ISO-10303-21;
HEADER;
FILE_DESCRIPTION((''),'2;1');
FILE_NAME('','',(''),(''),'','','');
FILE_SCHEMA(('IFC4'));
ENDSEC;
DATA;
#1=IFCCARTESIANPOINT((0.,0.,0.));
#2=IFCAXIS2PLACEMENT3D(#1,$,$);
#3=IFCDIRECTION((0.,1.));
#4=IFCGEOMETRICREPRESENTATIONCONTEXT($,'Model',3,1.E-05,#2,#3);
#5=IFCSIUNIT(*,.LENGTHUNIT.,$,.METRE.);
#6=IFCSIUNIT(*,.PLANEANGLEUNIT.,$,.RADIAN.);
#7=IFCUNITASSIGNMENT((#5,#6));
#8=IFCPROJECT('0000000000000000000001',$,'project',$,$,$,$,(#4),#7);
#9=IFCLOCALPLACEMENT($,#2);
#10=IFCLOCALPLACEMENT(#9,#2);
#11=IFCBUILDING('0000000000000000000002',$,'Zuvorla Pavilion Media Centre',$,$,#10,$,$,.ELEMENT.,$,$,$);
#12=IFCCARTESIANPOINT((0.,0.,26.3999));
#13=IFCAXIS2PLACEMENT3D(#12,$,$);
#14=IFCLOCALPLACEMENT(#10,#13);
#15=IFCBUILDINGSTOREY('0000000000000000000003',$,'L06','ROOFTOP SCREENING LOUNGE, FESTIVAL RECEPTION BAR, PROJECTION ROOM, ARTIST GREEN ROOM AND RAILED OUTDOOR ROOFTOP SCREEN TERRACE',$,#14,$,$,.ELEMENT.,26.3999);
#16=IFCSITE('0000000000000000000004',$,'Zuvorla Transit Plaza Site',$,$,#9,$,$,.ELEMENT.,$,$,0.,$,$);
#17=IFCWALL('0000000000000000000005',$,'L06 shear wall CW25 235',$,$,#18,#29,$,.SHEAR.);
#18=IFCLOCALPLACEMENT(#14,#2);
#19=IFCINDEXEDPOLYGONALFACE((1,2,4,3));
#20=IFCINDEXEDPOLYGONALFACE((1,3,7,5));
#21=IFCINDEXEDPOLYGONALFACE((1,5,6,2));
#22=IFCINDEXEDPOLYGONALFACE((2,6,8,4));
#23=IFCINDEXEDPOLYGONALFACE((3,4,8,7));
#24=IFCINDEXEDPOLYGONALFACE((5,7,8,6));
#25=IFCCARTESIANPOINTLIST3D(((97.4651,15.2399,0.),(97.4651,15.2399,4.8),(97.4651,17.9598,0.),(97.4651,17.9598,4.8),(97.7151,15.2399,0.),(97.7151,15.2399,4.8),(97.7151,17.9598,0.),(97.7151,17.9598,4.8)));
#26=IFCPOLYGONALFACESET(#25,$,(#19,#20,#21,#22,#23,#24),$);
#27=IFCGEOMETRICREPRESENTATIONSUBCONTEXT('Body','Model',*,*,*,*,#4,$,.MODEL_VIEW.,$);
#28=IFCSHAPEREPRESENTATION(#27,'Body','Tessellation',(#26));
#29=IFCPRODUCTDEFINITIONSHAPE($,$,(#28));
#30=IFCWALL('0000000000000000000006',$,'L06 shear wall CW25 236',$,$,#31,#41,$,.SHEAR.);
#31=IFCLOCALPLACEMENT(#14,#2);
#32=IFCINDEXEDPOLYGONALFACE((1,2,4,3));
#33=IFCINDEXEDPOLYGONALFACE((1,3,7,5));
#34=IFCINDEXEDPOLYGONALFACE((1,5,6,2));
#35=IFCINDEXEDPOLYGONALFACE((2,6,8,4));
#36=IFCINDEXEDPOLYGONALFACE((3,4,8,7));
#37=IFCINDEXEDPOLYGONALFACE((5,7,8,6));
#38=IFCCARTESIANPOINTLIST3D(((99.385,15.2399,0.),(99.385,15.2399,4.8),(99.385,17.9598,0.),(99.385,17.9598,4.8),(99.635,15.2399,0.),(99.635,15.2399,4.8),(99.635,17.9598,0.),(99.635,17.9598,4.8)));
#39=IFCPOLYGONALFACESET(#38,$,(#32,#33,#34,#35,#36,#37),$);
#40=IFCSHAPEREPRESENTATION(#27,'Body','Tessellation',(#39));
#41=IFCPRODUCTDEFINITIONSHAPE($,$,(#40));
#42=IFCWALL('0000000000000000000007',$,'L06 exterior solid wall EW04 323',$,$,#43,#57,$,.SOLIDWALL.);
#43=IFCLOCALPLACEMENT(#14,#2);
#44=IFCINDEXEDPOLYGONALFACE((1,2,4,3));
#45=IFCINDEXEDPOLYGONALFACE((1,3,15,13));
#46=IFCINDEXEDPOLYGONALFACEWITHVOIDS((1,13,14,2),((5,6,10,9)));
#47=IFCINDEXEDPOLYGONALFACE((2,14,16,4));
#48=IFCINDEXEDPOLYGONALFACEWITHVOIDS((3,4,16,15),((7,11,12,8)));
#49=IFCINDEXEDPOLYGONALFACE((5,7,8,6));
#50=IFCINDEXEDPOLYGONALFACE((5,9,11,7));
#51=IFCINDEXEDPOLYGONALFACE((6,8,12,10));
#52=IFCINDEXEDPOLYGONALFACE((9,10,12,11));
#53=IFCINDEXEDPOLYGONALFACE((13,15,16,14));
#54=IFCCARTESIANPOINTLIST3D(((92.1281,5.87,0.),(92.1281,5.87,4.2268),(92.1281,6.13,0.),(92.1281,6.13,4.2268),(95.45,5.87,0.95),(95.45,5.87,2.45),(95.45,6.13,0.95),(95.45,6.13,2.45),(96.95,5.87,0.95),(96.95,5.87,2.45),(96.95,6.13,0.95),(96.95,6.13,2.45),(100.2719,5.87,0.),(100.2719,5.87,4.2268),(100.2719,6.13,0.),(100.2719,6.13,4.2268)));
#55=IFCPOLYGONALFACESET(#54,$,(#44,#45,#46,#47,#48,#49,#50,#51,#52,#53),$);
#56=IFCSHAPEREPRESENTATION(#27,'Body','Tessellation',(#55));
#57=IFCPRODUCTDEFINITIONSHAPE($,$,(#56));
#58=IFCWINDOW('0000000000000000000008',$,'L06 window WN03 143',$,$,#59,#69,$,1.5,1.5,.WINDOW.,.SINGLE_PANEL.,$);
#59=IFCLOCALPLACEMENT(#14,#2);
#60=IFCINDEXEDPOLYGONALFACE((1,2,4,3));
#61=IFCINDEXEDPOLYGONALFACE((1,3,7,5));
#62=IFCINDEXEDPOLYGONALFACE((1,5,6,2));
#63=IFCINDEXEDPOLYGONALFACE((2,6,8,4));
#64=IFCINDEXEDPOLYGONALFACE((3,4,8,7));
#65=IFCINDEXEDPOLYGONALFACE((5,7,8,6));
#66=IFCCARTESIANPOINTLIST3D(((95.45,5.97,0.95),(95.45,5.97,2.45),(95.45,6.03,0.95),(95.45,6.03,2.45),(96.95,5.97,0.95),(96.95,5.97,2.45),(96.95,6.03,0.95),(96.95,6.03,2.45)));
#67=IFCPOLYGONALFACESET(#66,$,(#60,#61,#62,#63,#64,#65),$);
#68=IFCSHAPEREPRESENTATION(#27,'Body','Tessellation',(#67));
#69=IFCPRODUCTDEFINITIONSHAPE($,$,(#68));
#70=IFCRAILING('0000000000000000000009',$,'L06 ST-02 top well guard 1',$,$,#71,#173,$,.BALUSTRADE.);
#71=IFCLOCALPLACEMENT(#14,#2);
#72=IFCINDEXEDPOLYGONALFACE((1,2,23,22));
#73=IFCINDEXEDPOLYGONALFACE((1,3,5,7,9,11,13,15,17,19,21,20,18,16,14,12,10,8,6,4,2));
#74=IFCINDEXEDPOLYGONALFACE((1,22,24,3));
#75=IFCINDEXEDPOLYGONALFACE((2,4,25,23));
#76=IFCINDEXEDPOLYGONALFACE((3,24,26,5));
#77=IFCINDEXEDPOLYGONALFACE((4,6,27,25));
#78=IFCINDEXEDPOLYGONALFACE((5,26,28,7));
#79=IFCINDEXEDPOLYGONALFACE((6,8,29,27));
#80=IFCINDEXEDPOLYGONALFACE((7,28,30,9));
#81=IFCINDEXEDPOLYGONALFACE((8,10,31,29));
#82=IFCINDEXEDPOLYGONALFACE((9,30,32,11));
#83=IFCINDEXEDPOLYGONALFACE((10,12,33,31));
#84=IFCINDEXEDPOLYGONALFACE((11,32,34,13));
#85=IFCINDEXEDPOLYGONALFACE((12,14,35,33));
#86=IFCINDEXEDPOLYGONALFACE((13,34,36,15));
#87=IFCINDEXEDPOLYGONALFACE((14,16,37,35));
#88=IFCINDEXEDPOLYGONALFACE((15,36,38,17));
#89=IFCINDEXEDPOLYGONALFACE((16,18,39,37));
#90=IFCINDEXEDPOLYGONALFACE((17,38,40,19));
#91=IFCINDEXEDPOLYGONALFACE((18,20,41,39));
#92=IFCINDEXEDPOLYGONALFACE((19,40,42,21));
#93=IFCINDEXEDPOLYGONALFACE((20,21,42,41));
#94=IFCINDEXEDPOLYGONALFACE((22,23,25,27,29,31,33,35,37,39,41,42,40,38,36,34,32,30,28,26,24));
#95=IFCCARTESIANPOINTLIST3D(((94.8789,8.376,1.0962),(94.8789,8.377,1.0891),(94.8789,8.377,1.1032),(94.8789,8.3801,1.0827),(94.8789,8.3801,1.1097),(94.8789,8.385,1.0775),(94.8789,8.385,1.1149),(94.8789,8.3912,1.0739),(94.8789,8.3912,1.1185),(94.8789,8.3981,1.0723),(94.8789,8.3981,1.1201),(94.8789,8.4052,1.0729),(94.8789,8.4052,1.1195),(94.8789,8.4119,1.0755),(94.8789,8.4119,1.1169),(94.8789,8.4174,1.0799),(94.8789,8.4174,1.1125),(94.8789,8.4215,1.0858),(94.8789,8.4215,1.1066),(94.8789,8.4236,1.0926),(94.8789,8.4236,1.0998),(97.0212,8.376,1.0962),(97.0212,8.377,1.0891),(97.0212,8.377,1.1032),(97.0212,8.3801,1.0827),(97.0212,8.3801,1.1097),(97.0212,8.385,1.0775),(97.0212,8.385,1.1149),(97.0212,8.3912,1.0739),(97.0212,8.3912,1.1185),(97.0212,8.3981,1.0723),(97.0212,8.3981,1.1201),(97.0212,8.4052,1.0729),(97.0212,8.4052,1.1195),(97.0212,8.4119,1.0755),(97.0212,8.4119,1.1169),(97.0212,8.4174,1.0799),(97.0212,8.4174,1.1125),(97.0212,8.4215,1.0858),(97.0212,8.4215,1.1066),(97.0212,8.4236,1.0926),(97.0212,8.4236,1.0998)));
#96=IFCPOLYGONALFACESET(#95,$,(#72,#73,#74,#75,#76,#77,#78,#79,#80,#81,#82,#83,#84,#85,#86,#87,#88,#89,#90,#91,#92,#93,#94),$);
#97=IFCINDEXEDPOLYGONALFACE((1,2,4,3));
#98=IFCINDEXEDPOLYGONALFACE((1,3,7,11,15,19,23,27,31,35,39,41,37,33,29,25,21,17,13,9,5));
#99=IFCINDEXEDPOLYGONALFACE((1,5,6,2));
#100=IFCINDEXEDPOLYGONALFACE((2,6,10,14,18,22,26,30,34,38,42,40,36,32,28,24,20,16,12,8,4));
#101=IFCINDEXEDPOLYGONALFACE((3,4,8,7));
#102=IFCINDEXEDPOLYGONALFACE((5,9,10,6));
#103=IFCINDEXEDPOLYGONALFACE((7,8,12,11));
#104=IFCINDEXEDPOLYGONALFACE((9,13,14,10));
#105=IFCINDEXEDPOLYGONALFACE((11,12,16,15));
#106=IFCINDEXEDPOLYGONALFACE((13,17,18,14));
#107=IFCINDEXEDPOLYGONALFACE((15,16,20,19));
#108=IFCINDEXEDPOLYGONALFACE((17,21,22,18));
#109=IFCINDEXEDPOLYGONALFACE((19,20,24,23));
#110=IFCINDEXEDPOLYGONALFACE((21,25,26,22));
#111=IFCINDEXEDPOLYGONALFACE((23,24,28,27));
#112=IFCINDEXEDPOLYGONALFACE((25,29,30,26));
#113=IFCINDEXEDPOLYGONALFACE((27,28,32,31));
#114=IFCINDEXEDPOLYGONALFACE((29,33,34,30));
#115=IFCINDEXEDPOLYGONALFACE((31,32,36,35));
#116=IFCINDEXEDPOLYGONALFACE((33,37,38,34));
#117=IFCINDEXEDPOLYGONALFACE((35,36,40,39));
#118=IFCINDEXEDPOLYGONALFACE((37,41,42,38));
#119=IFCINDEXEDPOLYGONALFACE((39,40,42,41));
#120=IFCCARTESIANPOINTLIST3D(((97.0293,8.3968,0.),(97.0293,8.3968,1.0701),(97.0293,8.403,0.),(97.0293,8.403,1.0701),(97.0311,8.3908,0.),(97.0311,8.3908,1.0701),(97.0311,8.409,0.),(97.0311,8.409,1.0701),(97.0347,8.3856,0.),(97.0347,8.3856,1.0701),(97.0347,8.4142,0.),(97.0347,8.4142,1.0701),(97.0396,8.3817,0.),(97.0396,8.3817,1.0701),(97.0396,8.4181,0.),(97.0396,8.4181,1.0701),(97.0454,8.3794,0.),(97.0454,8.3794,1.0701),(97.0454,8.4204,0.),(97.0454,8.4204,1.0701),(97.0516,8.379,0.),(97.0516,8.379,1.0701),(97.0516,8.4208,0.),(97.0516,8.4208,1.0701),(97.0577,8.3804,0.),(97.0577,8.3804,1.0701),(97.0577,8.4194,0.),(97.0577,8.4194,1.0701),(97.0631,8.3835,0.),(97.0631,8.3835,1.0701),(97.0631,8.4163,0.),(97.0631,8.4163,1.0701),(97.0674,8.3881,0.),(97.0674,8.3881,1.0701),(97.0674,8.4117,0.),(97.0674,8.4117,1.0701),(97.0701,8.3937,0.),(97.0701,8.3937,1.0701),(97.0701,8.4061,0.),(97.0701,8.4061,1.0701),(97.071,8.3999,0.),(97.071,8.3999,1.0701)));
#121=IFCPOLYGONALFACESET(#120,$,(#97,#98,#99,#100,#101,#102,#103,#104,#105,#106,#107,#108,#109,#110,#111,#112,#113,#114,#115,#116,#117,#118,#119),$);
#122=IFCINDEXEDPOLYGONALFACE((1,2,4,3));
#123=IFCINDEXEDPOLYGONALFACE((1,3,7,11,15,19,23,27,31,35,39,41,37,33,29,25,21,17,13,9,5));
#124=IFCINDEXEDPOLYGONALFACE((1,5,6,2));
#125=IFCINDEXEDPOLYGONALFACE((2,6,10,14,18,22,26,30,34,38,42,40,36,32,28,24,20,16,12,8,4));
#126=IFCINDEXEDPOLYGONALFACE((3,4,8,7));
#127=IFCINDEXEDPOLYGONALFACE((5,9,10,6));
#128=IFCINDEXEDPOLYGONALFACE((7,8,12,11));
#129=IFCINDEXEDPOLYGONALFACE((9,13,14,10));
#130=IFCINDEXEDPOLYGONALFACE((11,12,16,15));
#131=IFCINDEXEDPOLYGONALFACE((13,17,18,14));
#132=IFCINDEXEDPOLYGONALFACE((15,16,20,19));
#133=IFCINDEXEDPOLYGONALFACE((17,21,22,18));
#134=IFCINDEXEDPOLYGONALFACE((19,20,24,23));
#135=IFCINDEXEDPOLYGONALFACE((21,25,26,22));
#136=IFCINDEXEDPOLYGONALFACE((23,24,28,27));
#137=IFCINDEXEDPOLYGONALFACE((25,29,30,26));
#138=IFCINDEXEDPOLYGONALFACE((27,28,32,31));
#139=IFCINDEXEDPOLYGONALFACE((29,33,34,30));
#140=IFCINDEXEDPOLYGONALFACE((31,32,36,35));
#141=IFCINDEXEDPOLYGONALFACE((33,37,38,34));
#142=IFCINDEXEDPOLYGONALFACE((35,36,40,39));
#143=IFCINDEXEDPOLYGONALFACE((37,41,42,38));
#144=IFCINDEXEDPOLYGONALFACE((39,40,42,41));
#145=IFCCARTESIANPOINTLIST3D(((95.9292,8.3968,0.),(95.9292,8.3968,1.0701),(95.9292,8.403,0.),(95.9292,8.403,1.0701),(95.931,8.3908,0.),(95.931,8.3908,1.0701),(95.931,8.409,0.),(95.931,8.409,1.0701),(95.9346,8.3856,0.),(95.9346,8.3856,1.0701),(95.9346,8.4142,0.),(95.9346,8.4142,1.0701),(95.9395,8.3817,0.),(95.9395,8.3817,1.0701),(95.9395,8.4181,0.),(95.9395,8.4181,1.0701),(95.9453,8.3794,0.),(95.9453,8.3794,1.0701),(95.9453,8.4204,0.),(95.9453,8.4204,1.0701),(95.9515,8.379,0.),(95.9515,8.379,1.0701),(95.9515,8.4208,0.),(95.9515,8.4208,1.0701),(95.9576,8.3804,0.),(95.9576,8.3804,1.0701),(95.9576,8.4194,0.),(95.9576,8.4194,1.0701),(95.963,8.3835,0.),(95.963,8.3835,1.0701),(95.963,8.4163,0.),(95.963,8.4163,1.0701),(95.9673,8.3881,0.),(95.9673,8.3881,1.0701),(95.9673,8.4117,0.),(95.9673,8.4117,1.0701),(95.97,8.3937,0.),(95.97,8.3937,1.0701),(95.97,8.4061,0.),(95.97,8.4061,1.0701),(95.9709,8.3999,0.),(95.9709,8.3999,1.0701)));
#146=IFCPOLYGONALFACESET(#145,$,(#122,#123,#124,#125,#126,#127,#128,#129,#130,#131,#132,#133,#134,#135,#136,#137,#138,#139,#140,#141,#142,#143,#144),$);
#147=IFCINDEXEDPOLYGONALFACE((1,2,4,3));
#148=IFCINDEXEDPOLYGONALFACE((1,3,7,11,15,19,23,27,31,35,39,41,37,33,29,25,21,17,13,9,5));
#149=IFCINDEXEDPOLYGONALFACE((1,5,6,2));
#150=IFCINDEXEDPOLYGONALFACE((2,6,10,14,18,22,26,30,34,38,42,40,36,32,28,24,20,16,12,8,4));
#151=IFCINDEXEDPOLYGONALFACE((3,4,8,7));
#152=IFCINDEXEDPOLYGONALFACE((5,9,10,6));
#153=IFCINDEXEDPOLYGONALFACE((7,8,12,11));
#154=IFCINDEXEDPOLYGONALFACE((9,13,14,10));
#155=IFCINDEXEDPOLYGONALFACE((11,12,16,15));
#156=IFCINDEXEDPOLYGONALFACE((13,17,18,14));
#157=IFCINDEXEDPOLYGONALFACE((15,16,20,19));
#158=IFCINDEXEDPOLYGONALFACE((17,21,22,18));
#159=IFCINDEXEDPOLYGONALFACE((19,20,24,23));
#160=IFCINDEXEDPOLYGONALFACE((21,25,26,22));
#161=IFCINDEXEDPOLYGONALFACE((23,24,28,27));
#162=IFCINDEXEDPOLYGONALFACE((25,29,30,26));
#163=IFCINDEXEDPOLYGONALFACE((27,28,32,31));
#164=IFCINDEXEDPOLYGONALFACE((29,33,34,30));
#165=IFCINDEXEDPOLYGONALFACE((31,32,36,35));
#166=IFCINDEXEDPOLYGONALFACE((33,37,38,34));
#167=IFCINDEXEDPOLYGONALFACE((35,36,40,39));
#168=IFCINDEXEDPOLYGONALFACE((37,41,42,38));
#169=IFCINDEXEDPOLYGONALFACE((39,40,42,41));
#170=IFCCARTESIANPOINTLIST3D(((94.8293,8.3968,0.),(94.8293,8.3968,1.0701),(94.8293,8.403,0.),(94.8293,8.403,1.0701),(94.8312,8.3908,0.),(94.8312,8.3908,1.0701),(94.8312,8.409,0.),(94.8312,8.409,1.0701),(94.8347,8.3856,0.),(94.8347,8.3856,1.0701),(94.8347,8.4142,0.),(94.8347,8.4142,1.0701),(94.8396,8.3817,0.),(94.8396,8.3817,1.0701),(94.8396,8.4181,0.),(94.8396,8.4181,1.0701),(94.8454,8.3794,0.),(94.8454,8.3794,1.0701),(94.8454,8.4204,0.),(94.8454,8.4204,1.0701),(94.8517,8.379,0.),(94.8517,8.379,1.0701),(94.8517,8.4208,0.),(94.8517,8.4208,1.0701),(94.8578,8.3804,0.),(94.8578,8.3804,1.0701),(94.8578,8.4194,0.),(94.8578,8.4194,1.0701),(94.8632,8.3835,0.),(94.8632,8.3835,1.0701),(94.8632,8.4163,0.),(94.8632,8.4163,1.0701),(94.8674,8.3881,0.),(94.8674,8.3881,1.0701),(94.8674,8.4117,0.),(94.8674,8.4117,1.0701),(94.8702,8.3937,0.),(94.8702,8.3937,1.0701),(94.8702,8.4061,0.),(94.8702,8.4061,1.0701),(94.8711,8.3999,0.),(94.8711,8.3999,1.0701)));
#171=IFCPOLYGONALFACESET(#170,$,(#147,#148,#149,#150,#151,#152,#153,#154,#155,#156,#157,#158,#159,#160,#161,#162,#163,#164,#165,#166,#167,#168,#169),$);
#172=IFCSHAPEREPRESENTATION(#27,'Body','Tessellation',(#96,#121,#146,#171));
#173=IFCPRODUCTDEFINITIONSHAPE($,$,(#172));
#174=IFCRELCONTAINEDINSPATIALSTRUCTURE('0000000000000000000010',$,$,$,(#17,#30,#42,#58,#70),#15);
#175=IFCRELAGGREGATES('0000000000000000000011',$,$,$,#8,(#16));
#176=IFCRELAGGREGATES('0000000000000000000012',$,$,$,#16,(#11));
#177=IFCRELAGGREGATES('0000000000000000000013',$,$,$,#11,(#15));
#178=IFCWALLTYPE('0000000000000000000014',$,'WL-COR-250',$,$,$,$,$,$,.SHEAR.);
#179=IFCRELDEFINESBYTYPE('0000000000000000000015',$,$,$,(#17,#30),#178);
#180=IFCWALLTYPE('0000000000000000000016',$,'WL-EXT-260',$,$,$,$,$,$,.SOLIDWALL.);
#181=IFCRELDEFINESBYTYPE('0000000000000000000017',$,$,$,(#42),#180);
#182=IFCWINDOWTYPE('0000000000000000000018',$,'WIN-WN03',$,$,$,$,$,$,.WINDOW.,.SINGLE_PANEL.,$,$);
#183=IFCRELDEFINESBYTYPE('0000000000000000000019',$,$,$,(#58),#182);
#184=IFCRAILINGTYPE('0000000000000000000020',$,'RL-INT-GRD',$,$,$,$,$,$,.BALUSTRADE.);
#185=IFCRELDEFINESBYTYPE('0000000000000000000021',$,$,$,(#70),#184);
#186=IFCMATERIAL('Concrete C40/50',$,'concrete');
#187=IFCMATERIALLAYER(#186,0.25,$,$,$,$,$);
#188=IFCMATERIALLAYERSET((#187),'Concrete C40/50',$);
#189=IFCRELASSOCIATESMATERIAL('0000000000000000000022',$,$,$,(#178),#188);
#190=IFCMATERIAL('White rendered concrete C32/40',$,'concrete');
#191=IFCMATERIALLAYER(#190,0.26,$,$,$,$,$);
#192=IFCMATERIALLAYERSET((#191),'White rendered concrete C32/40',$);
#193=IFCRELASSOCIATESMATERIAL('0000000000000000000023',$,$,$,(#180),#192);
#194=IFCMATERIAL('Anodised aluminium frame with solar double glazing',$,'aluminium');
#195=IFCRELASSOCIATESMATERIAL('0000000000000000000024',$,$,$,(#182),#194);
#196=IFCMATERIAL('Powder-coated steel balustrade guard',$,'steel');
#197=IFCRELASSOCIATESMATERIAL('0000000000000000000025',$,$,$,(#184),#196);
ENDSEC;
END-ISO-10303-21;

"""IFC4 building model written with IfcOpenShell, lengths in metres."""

from ifc_helpers import new_model, si_unit, direction, frame, frame_2d, origin, origin_2d, place, context, subcontext, project, spatial, rectangle, circle, extrude, material, layer, layer_set, type_object, element, fill, save


model = new_model("IFC4")

# Units and contexts
model_context = context("Model", 3, precision=1e-05, world=origin(), true_north=direction((0.0, 1.0)))
body_context = subcontext(model_context, "Body", "Model", "MODEL_VIEW")
ifc_project = project(units=[si_unit("LENGTHUNIT", "METRE"), si_unit("PLANEANGLEUNIT", "RADIAN")], contexts=[model_context])

# Site, building, storey
site_placement = place(None, origin())
site = spatial("IfcSite", under=ifc_project, at=site_placement, Name="Zuvorla Transit Plaza Site", CompositionType="ELEMENT", RefElevation=0.0)
building_placement = place(site_placement, origin())
building = spatial("IfcBuilding", under=site, at=building_placement, Name="Zuvorla Pavilion Media Centre", CompositionType="ELEMENT")
storey_placement = place(building_placement, frame((0.0, 0.0, 26.3999)))
storey = spatial("IfcBuildingStorey", under=building, at=storey_placement, Name="L06", Description="ROOFTOP SCREENING LOUNGE, FESTIVAL RECEPTION BAR, PROJECTION ROOM, ARTIST GREEN ROOM AND RAILED OUTDOOR ROOFTOP SCREEN TERRACE", CompositionType="ELEMENT", Elevation=26.3999)

# Shared definitions
ifc_material_1 = material(Name="Concrete C40/50", Category="concrete")

# Shared definitions
ifc_layer_1 = layer(ifc_material_1, 0.25)
ifc_layer_set_1 = layer_set([ifc_layer_1], Name="Concrete C40/50")
wall_type_1 = type_object("IfcWallType", Name="WL-COR-250", PredefinedType="SHEAR", material=ifc_layer_set_1)

# Walls
for number, where, z_axis, x_axis, name in (
    (1, (97.5901, 15.24, 0.0), (0.0, 0.0, 1.0), (0.0, 1.0, 0.0), "L06 shear wall CW25 235"),
    (2, (99.51, 15.24, 0.0), (0.0, 0.0, 1.0), (0.0, 1.0, 0.0), "L06 shear wall CW25 236"),
):
    element("IfcWall", number, at=place(storey_placement, frame(where, z_axis=z_axis, x_axis=x_axis)), inside=storey, type_object=wall_type_1, Name=name, PredefinedType="SHEAR", context=body_context, shape_type="SweptSolid", body=[
        extrude(rectangle(XDim=2.72, YDim=0.25, at=frame_2d((1.3599, 0.0))), origin(), (0.0, 0.0, 1.0), 4.8),
    ])

# Wall, opening, window
ifc_material_2 = material(Name="White rendered concrete C32/40", Category="concrete")
ifc_layer_2 = layer(ifc_material_2, 0.26)
ifc_layer_set_2 = layer_set([ifc_layer_2], Name="White rendered concrete C32/40")
wall_type_2 = type_object("IfcWallType", Name="WL-EXT-260", PredefinedType="SOLIDWALL", material=ifc_layer_set_2)
wall_1_placement = place(storey_placement, frame((92.1282, 6.0, 0.0), z_axis=(0.0, 0.0, 1.0), x_axis=(1.0, 0.0, 0.0)))
wall_1 = element("IfcWall", 3, at=wall_1_placement, inside=storey, type_object=wall_type_2, Name="L06 exterior solid wall EW04 323", PredefinedType="SOLIDWALL", context=body_context, shape_type="SweptSolid", body=[
    extrude(rectangle(XDim=8.1438, YDim=0.26, at=frame_2d((4.0718, 0.0))), origin(), (0.0, 0.0, 1.0), 4.2268),
])
opening_1_placement = place(wall_1_placement, frame((3.3218, 0.0, 0.95)))
opening_1 = element("IfcOpeningElement", 4, at=opening_1_placement, cuts=wall_1, PredefinedType="OPENING", context=body_context, shape_type="SweptSolid", body=[
    extrude(rectangle(XDim=1.5, YDim=1.5, at=frame_2d((0.75, 0.75))), frame((0.0, 0.1399, 0.0), z_axis=(0.0, -1.0, 0.0), x_axis=(1.0, 0.0, 0.0)), (0.0, 0.0, 1.0), 0.28),
])
ifc_material_3 = material(Name="Anodised aluminium frame with solar double glazing", Category="aluminium")
window_type = type_object("IfcWindowType", Name="WIN-WN03", PartitioningType="SINGLE_PANEL", PredefinedType="WINDOW", material=ifc_material_3)
window_placement = place(opening_1_placement, origin())
window = element("IfcWindow", 5, at=window_placement, inside=storey, type_object=window_type, Name="L06 window WN03 143", OverallHeight=1.5, OverallWidth=1.5, PartitioningType="SINGLE_PANEL", PredefinedType="WINDOW", context=body_context, shape_type="SweptSolid", body=[
    extrude(rectangle(XDim=1.5, YDim=1.5, at=frame_2d((0.75, 0.75))), frame((0.0, 0.03, 0.0), z_axis=(0.0, -1.0, 0.0), x_axis=(1.0, 0.0, 0.0)), (0.0, 0.0, 1.0), 0.0601),
])
fill(opening_1, window)

# Railing
ifc_material_4 = material(Name="Powder-coated steel balustrade guard", Category="steel")
railing_type = type_object("IfcRailingType", Name="RL-INT-GRD", PredefinedType="BALUSTRADE", material=ifc_material_4)
railing_1_placement = place(storey_placement, frame((97.05, 8.3999, 0.0)))
element("IfcRailing", 6, at=railing_1_placement, inside=storey, type_object=railing_type, Name="L06 ST-02 top well guard 1", PredefinedType="BALUSTRADE", context=body_context, shape_type="SweptSolid", body=[
    extrude(circle(Radius=0.0239, at=origin_2d()), frame((-0.0288, 0.0, 1.0962), z_axis=(-1.0, 0.0, 0.0), x_axis=(0.0, -1.0, 0.0)), (0.0, 0.0, 1.0), 2.1423),
    extrude(circle(Radius=0.021, at=origin_2d()), origin(), (0.0, 0.0, 1.0), 1.0701),
    extrude(circle(Radius=0.021, at=origin_2d()), frame((-1.1001, 0.0, 0.0)), (0.0, 0.0, 1.0), 1.0701),
    extrude(circle(Radius=0.021, at=origin_2d()), frame((-2.2, 0.0, 0.0)), (0.0, 0.0, 1.0), 1.0701),
])

save(model, "model.ifc")
